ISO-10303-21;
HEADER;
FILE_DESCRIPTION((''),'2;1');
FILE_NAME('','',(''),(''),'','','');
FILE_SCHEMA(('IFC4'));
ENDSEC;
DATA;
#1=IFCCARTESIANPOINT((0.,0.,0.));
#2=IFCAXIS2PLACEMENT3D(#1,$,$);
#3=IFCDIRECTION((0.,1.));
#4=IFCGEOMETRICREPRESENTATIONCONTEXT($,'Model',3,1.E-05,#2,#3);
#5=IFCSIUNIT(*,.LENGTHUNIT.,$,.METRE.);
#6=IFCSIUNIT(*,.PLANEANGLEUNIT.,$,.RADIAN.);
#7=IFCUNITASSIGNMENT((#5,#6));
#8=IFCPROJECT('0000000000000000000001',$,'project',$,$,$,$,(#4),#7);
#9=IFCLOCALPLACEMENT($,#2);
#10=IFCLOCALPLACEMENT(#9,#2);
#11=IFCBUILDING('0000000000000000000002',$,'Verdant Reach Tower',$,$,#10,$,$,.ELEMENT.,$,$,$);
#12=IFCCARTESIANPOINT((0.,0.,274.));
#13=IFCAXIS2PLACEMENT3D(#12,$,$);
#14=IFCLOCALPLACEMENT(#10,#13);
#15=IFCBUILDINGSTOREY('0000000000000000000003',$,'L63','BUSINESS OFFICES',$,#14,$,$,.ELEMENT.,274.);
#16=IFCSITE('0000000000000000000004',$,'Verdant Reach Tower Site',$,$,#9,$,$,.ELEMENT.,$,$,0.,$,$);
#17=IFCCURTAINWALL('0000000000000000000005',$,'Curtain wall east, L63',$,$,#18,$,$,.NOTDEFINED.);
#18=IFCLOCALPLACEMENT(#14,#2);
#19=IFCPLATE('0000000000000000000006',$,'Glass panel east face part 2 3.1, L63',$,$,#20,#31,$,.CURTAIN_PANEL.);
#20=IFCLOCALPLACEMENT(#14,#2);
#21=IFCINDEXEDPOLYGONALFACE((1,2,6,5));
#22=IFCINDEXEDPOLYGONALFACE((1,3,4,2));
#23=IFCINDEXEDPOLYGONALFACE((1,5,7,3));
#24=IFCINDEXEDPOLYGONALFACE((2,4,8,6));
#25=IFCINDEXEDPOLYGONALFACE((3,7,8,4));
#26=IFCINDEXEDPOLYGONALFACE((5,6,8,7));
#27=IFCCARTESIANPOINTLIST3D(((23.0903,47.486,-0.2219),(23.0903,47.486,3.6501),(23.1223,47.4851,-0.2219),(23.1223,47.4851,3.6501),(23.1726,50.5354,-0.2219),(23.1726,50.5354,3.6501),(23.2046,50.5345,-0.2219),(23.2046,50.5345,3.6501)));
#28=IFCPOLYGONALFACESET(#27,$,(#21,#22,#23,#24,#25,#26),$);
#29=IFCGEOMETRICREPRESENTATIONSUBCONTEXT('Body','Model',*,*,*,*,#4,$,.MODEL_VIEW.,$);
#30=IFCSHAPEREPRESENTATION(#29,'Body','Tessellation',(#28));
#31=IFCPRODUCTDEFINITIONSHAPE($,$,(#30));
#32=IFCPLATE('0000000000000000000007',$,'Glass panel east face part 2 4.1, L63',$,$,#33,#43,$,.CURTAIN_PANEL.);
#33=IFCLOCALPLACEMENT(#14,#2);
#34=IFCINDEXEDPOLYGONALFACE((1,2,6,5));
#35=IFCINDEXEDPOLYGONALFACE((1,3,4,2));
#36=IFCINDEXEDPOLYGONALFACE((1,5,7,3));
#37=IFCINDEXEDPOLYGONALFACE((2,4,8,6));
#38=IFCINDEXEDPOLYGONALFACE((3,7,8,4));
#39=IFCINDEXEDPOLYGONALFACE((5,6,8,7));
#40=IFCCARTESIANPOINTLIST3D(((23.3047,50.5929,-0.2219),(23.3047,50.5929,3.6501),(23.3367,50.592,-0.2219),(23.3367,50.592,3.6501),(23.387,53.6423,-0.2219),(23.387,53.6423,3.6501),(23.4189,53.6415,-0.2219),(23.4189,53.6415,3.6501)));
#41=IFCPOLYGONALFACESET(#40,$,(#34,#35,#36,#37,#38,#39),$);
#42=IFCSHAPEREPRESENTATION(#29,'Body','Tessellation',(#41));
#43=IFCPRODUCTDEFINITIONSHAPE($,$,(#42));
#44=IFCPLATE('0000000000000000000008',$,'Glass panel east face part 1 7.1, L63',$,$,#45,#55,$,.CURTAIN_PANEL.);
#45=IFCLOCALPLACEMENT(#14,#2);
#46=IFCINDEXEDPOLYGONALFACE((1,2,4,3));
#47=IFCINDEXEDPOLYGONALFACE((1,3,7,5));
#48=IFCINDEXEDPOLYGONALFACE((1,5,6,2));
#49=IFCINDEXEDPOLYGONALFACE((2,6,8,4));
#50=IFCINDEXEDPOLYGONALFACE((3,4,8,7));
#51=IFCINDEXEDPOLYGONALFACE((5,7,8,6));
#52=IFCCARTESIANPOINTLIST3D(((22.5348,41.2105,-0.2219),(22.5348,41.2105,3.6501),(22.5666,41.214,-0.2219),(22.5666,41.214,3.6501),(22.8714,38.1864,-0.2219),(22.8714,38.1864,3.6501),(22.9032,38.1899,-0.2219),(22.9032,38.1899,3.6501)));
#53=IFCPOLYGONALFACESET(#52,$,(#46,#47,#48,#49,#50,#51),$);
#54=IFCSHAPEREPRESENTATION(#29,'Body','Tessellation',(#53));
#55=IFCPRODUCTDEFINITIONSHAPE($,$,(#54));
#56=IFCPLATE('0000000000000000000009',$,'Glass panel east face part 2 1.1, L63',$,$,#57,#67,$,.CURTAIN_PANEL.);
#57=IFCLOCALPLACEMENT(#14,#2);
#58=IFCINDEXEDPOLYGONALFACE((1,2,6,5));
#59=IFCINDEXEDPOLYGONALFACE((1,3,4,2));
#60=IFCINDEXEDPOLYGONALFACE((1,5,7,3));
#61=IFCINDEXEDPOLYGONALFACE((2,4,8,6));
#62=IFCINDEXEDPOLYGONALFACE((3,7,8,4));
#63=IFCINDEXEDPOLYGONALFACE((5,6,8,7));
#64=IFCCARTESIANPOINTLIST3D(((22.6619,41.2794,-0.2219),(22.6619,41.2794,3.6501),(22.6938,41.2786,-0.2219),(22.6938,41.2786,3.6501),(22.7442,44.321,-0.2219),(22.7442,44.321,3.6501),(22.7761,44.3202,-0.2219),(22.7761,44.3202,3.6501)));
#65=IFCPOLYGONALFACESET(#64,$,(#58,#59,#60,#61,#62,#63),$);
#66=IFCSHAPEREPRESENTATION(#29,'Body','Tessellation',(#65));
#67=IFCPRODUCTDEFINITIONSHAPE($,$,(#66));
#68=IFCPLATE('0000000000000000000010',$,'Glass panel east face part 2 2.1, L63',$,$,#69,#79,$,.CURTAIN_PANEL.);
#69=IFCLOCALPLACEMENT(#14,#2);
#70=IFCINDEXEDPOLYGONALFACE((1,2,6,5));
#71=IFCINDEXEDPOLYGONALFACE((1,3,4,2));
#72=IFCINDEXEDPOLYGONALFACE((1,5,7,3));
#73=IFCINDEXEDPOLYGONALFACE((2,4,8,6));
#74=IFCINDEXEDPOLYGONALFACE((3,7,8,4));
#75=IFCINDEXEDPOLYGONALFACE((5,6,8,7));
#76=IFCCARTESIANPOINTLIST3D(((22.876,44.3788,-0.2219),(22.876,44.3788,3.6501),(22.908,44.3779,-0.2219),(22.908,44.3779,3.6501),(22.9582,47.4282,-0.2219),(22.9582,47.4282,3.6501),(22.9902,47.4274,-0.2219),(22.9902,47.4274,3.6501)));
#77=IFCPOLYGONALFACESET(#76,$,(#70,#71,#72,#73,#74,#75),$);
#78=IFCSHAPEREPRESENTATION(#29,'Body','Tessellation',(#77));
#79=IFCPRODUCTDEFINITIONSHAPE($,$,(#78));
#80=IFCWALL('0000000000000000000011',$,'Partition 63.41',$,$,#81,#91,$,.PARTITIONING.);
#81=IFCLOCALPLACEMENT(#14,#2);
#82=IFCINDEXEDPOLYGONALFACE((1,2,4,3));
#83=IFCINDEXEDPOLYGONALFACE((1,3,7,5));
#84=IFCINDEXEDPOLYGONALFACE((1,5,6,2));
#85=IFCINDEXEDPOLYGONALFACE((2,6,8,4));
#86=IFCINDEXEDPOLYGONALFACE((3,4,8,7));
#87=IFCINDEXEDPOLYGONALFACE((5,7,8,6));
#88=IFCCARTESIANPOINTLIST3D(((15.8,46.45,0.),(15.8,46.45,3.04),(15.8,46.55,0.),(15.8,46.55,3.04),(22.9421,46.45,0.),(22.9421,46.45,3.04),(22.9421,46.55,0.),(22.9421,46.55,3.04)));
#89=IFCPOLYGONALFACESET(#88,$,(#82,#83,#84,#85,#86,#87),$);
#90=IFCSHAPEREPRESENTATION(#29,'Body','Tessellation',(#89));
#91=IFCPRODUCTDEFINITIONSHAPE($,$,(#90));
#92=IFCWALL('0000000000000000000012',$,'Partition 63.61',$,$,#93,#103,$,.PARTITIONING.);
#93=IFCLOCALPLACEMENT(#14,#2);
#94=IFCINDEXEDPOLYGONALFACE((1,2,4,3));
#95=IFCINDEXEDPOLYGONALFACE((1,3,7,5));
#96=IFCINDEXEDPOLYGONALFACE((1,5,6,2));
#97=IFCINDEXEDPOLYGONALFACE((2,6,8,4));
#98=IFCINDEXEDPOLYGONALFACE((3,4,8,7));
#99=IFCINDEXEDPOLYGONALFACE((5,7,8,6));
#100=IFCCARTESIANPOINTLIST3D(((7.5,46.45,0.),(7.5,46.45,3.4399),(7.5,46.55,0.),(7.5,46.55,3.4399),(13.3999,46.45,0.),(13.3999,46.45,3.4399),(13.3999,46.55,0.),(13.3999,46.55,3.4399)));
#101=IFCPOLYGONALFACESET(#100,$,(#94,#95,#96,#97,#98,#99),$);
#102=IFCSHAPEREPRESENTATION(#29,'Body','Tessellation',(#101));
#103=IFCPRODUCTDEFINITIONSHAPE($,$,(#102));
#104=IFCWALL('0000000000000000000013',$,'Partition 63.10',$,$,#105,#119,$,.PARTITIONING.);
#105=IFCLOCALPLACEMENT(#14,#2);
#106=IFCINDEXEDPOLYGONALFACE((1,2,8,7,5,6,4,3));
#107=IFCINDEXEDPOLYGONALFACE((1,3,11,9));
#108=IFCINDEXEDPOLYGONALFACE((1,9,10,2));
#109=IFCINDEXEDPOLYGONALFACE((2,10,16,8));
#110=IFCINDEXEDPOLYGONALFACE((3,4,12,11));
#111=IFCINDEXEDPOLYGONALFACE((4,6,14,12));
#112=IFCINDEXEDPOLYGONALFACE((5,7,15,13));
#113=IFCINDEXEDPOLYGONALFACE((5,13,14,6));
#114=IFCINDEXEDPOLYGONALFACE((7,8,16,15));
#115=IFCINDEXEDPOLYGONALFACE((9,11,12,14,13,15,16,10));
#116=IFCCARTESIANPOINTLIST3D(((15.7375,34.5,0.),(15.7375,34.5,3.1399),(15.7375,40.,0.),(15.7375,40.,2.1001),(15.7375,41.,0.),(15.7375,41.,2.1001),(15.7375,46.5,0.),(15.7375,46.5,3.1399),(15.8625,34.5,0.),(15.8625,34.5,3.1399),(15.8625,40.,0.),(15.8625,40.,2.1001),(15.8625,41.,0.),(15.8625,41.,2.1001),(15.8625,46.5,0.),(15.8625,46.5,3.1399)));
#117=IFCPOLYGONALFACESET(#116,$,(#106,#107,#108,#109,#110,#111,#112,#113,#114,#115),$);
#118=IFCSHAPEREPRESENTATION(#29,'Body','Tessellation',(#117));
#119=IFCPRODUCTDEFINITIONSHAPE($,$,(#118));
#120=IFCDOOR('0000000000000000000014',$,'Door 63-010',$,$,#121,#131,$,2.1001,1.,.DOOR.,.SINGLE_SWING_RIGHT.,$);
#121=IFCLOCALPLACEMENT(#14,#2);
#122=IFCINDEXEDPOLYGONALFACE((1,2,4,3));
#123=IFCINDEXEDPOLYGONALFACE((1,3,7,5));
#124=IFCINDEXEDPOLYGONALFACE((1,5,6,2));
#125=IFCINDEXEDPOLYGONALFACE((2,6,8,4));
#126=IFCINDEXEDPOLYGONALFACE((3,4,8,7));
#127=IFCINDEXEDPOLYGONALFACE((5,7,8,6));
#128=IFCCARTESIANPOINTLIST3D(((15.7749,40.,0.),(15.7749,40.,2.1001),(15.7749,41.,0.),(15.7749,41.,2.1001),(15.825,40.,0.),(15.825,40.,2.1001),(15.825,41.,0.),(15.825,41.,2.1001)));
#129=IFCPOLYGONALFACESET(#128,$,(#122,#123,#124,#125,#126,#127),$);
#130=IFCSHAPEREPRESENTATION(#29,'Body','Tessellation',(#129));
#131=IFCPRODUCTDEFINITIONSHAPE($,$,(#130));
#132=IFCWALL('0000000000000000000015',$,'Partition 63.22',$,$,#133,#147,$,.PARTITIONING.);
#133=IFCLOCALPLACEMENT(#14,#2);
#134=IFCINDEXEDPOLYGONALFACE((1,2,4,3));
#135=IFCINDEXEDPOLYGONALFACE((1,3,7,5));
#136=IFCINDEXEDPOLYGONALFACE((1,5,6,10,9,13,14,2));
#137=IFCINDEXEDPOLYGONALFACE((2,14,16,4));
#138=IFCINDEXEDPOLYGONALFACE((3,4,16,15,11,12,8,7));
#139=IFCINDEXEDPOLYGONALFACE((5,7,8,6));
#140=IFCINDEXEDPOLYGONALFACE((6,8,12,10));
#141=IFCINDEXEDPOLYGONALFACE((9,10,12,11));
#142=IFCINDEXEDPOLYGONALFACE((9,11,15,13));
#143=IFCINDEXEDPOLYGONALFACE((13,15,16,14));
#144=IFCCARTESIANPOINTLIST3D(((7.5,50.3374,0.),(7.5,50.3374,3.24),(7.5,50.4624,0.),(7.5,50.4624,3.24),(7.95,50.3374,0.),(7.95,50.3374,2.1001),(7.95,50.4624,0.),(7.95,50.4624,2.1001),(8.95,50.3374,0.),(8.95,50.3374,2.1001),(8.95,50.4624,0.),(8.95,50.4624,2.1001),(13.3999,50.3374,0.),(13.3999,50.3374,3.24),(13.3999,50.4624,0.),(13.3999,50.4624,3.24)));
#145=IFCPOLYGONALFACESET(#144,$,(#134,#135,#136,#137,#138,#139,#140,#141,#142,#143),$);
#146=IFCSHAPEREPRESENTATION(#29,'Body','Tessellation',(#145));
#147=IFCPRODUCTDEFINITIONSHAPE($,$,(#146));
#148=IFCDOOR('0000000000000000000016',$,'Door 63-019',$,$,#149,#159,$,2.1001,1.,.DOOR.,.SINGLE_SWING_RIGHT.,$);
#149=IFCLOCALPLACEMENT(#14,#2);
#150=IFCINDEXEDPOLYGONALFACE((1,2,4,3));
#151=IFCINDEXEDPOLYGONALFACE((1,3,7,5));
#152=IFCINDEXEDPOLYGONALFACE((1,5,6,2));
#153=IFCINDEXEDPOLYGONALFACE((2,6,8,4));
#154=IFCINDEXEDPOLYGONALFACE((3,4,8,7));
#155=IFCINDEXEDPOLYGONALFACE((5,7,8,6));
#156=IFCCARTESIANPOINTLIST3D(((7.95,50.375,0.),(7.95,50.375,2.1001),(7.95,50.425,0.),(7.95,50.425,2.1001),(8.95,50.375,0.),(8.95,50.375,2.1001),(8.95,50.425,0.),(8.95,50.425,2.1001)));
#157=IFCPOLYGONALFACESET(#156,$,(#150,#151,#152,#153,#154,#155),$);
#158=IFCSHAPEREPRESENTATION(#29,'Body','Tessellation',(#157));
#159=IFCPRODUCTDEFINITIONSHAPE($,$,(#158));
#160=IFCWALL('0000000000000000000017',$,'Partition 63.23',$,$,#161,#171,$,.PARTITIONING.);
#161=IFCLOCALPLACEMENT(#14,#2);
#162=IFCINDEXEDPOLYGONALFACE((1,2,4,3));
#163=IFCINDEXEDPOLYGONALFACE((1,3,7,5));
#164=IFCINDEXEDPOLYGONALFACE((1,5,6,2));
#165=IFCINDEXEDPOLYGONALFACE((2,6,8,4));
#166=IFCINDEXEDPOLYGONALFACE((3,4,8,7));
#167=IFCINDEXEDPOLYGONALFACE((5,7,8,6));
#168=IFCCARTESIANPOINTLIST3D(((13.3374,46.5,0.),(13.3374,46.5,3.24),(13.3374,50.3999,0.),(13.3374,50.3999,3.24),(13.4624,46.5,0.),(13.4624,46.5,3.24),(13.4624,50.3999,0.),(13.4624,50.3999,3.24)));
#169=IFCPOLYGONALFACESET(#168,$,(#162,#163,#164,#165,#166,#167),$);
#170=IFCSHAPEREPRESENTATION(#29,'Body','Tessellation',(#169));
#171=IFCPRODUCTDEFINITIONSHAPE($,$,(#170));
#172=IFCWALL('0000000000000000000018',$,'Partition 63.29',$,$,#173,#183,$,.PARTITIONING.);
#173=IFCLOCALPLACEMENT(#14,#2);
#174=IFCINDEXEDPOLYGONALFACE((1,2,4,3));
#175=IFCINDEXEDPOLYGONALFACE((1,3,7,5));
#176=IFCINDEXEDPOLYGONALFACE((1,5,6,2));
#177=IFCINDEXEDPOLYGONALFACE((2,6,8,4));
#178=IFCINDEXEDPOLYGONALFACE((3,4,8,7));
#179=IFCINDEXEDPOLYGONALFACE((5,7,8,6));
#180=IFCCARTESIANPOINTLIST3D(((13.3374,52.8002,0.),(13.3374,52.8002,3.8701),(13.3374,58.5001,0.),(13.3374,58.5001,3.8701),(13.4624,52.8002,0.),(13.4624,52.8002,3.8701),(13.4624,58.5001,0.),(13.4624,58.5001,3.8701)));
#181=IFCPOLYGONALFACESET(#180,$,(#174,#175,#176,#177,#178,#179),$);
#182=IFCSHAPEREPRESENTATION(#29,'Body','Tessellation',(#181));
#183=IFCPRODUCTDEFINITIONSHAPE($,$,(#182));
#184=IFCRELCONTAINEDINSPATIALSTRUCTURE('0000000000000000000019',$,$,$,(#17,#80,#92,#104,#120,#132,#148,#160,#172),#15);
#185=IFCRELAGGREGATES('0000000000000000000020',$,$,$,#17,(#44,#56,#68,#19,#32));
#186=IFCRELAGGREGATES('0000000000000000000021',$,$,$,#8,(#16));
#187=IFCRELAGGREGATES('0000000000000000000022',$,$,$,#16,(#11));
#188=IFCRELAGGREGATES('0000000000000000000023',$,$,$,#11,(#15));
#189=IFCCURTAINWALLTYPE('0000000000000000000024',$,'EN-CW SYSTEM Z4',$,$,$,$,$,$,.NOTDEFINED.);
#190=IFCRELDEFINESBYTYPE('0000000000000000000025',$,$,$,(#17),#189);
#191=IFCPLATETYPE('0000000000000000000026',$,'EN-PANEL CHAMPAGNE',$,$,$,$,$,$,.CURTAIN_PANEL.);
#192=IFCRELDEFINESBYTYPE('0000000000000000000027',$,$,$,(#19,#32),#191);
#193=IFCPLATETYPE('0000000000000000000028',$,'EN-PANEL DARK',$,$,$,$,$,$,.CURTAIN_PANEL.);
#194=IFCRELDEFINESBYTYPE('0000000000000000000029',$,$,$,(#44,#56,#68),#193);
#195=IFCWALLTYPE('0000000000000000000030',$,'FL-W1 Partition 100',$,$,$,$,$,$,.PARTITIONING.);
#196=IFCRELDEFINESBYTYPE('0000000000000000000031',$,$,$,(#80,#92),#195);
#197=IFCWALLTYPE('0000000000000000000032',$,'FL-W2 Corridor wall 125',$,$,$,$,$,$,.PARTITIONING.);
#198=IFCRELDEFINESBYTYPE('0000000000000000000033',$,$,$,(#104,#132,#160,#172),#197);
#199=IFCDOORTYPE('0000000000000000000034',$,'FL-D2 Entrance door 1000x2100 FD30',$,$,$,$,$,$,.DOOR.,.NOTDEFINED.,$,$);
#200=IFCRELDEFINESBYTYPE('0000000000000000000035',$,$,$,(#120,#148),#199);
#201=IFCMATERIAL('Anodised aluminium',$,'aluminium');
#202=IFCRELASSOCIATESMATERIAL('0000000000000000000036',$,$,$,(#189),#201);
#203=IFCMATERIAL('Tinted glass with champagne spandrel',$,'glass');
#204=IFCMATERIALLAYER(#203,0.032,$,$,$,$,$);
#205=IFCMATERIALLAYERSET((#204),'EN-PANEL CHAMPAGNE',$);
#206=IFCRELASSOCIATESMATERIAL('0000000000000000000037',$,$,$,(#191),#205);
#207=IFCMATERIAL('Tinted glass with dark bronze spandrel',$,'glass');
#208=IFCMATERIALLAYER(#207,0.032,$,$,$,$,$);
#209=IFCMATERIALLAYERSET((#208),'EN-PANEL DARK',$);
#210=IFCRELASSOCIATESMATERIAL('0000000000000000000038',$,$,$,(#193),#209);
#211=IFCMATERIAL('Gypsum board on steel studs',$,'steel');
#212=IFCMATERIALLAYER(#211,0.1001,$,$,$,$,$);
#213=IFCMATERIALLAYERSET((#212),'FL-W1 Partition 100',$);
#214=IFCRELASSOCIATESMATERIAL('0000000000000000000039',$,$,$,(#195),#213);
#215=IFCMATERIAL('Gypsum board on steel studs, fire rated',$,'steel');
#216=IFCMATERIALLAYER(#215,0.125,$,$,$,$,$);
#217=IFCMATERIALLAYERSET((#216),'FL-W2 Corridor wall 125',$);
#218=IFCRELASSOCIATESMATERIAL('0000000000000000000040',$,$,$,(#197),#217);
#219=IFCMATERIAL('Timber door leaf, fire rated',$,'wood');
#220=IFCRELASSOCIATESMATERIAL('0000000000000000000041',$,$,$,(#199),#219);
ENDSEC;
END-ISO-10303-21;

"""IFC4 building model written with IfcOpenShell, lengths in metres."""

from ifc_helpers import new_model, si_unit, direction, frame, frame_2d, origin, origin_2d, place, context, subcontext, project, spatial, rectangle, extrude, material, layer, layer_set, type_object, element, fill, aggregate, save


model = new_model("IFC4")

# Units and contexts
model_context = context("Model", 3, precision=1e-05, world=origin(), true_north=direction((0.0, 1.0)))
body_context = subcontext(model_context, "Body", "Model", "MODEL_VIEW")
ifc_project = project(units=[si_unit("LENGTHUNIT", "METRE"), si_unit("PLANEANGLEUNIT", "RADIAN")], contexts=[model_context])

# Site, building, storey
site_placement = place(None, origin())
site = spatial("IfcSite", under=ifc_project, at=site_placement, Name="Verdant Reach Tower Site", CompositionType="ELEMENT", RefElevation=0.0)
building_placement = place(site_placement, origin())
building = spatial("IfcBuilding", under=site, at=building_placement, Name="Verdant Reach Tower", CompositionType="ELEMENT")
storey_placement = place(building_placement, frame((0.0, 0.0, 274.0)))
storey = spatial("IfcBuildingStorey", under=building, at=storey_placement, Name="L63", Description="BUSINESS OFFICES", CompositionType="ELEMENT", Elevation=274.0)

# Curtain wall
ifc_material_1 = material(Name="Anodised aluminium", Category="aluminium")
curtain_wall_type = type_object("IfcCurtainWallType", Name="EN-CW SYSTEM Z4", PredefinedType="NOTDEFINED", material=ifc_material_1)
curtain_wall_placement = place(storey_placement, origin())
curtain_wall = element("IfcCurtainWall", 1, at=curtain_wall_placement, inside=storey, type_object=curtain_wall_type, Name="Curtain wall east, L63", PredefinedType="NOTDEFINED")

# Plates
ifc_material_2 = material(Name="Tinted glass with champagne spandrel", Category="glass")
ifc_layer_1 = layer(ifc_material_2, 0.032)
ifc_layer_set_1 = layer_set([ifc_layer_1], Name="EN-PANEL CHAMPAGNE")
plate_type_1 = type_object("IfcPlateType", Name="EN-PANEL CHAMPAGNE", PredefinedType="CURTAIN_PANEL", material=ifc_layer_set_1)
plate_1_placement = place(storey_placement, frame((23.1475, 49.0103, -0.2219), z_axis=(0.0, 0.0, 1.0), x_axis=(0.026965, 0.999636, 0.0)))
plate_1 = element("IfcPlate", 2, at=plate_1_placement, type_object=plate_type_1, Name="Glass panel east face part 2 3.1, L63", PredefinedType="CURTAIN_PANEL", context=body_context, shape_type="SweptSolid", body=[
    extrude(rectangle(XDim=3.0505, YDim=0.032, at=origin_2d()), origin(), (0.0, 0.0, 1.0), 3.8721),
])
plate_2_placement = place(storey_placement, frame((23.3618, 52.1172, -0.2219), z_axis=(0.0, 0.0, 1.0), x_axis=(0.026965, 0.999636, 0.0)))
plate_2 = element("IfcPlate", 3, at=plate_2_placement, type_object=plate_type_1, Name="Glass panel east face part 2 4.1, L63", PredefinedType="CURTAIN_PANEL", context=body_context, shape_type="SweptSolid", body=[
    extrude(rectangle(XDim=3.0505, YDim=0.032, at=origin_2d()), origin(), (0.0, 0.0, 1.0), 3.8721),
])
ifc_material_3 = material(Name="Tinted glass with dark bronze spandrel", Category="glass")
ifc_layer_2 = layer(ifc_material_3, 0.032)
ifc_layer_set_2 = layer_set([ifc_layer_2], Name="EN-PANEL DARK")
plate_type_2 = type_object("IfcPlateType", Name="EN-PANEL DARK", PredefinedType="CURTAIN_PANEL", material=ifc_layer_set_2)
plate_3_placement = place(storey_placement, frame((22.719, 39.7002, -0.2219), z_axis=(0.0, 0.0, 1.0), x_axis=(-0.110603, 0.993865, 0.0)))
plate_3 = element("IfcPlate", 4, at=plate_3_placement, type_object=plate_type_2, Name="Glass panel east face part 1 7.1, L63", PredefinedType="CURTAIN_PANEL", context=body_context, shape_type="SweptSolid", body=[
    extrude(rectangle(XDim=3.0427, YDim=0.032, at=origin_2d()), origin(), (0.0, 0.0, 1.0), 3.8721),
])
plate_4_placement = place(storey_placement, frame((22.719, 42.7998, -0.2219), z_axis=(0.0, 0.0, 1.0), x_axis=(0.027051, 0.999634, 0.0)))
plate_4 = element("IfcPlate", 5, at=plate_4_placement, type_object=plate_type_2, Name="Glass panel east face part 2 1.1, L63", PredefinedType="CURTAIN_PANEL", context=body_context, shape_type="SweptSolid", body=[
    extrude(rectangle(XDim=3.0427, YDim=0.032, at=origin_2d()), origin(), (0.0, 0.0, 1.0), 3.8721),
])
plate_5_placement = place(storey_placement, frame((22.9331, 45.9031, -0.2219), z_axis=(0.0, 0.0, 1.0), x_axis=(0.026965, 0.999636, 0.0)))
plate_5 = element("IfcPlate", 6, at=plate_5_placement, type_object=plate_type_2, Name="Glass panel east face part 2 2.1, L63", PredefinedType="CURTAIN_PANEL", context=body_context, shape_type="SweptSolid", body=[
    extrude(rectangle(XDim=3.0505, YDim=0.032, at=origin_2d()), origin(), (0.0, 0.0, 1.0), 3.8721),
])
aggregate(curtain_wall, [plate_3, plate_4, plate_5, plate_1, plate_2])

# Walls
ifc_material_4 = material(Name="Gypsum board on steel studs", Category="steel")
ifc_layer_3 = layer(ifc_material_4, 0.1001)
ifc_layer_set_3 = layer_set([ifc_layer_3], Name="FL-W1 Partition 100")
wall_type_1 = type_object("IfcWallType", Name="FL-W1 Partition 100", PredefinedType="PARTITIONING", material=ifc_layer_set_3)
wall_1_placement = place(storey_placement, frame((22.9421, 46.5, 0.0), z_axis=(0.0, 0.0, 1.0), x_axis=(-1.0, 0.0, 0.0)))
element("IfcWall", 7, at=wall_1_placement, inside=storey, type_object=wall_type_1, Name="Partition 63.41", PredefinedType="PARTITIONING", context=body_context, shape_type="SweptSolid", body=[
    extrude(rectangle(XDim=7.1421, YDim=0.1001, at=frame_2d((3.571, 0.0))), origin(), (0.0, 0.0, 1.0), 3.04),
])
wall_2_placement = place(storey_placement, frame((13.3999, 46.5, 0.0), z_axis=(0.0, 0.0, 1.0), x_axis=(-1.0, 0.0, 0.0)))
element("IfcWall", 8, at=wall_2_placement, inside=storey, type_object=wall_type_1, Name="Partition 63.61", PredefinedType="PARTITIONING", context=body_context, shape_type="SweptSolid", body=[
    extrude(rectangle(XDim=5.8999, YDim=0.1001, at=frame_2d((2.95, 0.0))), origin(), (0.0, 0.0, 1.0), 3.4399),
])

# Walls, openings, doors
ifc_material_5 = material(Name="Gypsum board on steel studs, fire rated", Category="steel")
ifc_layer_4 = layer(ifc_material_5, 0.125)
ifc_layer_set_4 = layer_set([ifc_layer_4], Name="FL-W2 Corridor wall 125")
wall_type_2 = type_object("IfcWallType", Name="FL-W2 Corridor wall 125", PredefinedType="PARTITIONING", material=ifc_layer_set_4)
wall_3_placement = place(storey_placement, frame((15.8, 46.5, 0.0), z_axis=(0.0, 0.0, 1.0), x_axis=(0.0, -1.0, 0.0)))
wall_3 = element("IfcWall", 9, at=wall_3_placement, inside=storey, type_object=wall_type_2, Name="Partition 63.10", PredefinedType="PARTITIONING", context=body_context, shape_type="SweptSolid", body=[
    extrude(rectangle(XDim=12.0, YDim=0.125, at=frame_2d((6.0, 0.0))), origin(), (0.0, 0.0, 1.0), 3.1399),
])
opening_1_placement = place(wall_3_placement, frame((5.5, 0.0, 0.0)))
opening_1 = element("IfcOpeningElement", 10, at=opening_1_placement, cuts=wall_3, PredefinedType="OPENING", context=body_context, shape_type="SweptSolid", body=[
    extrude(rectangle(XDim=1.0, YDim=2.1001, at=frame_2d((0.5, 1.05))), frame((0.0, 0.0725, 0.0), z_axis=(0.0, -1.0, 0.0), x_axis=(1.0, 0.0, 0.0)), (0.0, 0.0, 1.0), 0.145),
])
ifc_material_6 = material(Name="Timber door leaf, fire rated", Category="wood")
door_type = type_object("IfcDoorType", Name="FL-D2 Entrance door 1000x2100 FD30", OperationType="NOTDEFINED", PredefinedType="DOOR", material=ifc_material_6)
door_1_placement = place(opening_1_placement, origin())
door_1 = element("IfcDoor", 11, at=door_1_placement, inside=storey, type_object=door_type, Name="Door 63-010", OperationType="SINGLE_SWING_RIGHT", OverallHeight=2.1001, OverallWidth=1.0, PredefinedType="DOOR", context=body_context, shape_type="SweptSolid", body=[
    extrude(rectangle(XDim=1.0, YDim=2.1001, at=frame_2d((0.5, 1.05))), frame((0.0, 0.0249, 0.0), z_axis=(0.0, -1.0, 0.0), x_axis=(1.0, 0.0, 0.0)), (0.0, 0.0, 1.0), 0.05),
])
fill(opening_1, door_1)
wall_4_placement = place(storey_placement, frame((13.3999, 50.3999, 0.0), z_axis=(0.0, 0.0, 1.0), x_axis=(-1.0, 0.0, 0.0)))
wall_4 = element("IfcWall", 12, at=wall_4_placement, inside=storey, type_object=wall_type_2, Name="Partition 63.22", PredefinedType="PARTITIONING", context=body_context, shape_type="SweptSolid", body=[
    extrude(rectangle(XDim=5.8999, YDim=0.125, at=frame_2d((2.95, 0.0))), origin(), (0.0, 0.0, 1.0), 3.24),
])
opening_2_placement = place(wall_4_placement, frame((4.45, 0.0, 0.0)))
opening_2 = element("IfcOpeningElement", 13, at=opening_2_placement, cuts=wall_4, PredefinedType="OPENING", context=body_context, shape_type="SweptSolid", body=[
    extrude(rectangle(XDim=1.0, YDim=2.1001, at=frame_2d((0.5, 1.05))), frame((0.0, 0.0725, 0.0), z_axis=(0.0, -1.0, 0.0), x_axis=(1.0, 0.0, 0.0)), (0.0, 0.0, 1.0), 0.145),
])
door_2_placement = place(opening_2_placement, origin())
door_2 = element("IfcDoor", 14, at=door_2_placement, inside=storey, type_object=door_type, Name="Door 63-019", OperationType="SINGLE_SWING_RIGHT", OverallHeight=2.1001, OverallWidth=1.0, PredefinedType="DOOR", context=body_context, shape_type="SweptSolid", body=[
    extrude(rectangle(XDim=1.0, YDim=2.1001, at=frame_2d((0.5, 1.05))), frame((0.0, 0.0249, 0.0), z_axis=(0.0, -1.0, 0.0), x_axis=(1.0, 0.0, 0.0)), (0.0, 0.0, 1.0), 0.05),
])
fill(opening_2, door_2)

# Walls
wall_5_placement = place(storey_placement, frame((13.3999, 46.5, 0.0), z_axis=(0.0, 0.0, 1.0), x_axis=(0.0, 1.0, 0.0)))
element("IfcWall", 15, at=wall_5_placement, inside=storey, type_object=wall_type_2, Name="Partition 63.23", PredefinedType="PARTITIONING", context=body_context, shape_type="SweptSolid", body=[
    extrude(rectangle(XDim=3.8999, YDim=0.125, at=frame_2d((1.95, 0.0))), origin(), (0.0, 0.0, 1.0), 3.24),
])
wall_6_placement = place(storey_placement, frame((13.3999, 52.8, 0.0), z_axis=(0.0, 0.0, 1.0), x_axis=(0.0, 1.0, 0.0)))
element("IfcWall", 16, at=wall_6_placement, inside=storey, type_object=wall_type_2, Name="Partition 63.29", PredefinedType="PARTITIONING", context=body_context, shape_type="SweptSolid", body=[
    extrude(rectangle(XDim=5.7, YDim=0.125, at=frame_2d((2.8501, 0.0))), origin(), (0.0, 0.0, 1.0), 3.8701),
])

save(model, "model.ifc")
